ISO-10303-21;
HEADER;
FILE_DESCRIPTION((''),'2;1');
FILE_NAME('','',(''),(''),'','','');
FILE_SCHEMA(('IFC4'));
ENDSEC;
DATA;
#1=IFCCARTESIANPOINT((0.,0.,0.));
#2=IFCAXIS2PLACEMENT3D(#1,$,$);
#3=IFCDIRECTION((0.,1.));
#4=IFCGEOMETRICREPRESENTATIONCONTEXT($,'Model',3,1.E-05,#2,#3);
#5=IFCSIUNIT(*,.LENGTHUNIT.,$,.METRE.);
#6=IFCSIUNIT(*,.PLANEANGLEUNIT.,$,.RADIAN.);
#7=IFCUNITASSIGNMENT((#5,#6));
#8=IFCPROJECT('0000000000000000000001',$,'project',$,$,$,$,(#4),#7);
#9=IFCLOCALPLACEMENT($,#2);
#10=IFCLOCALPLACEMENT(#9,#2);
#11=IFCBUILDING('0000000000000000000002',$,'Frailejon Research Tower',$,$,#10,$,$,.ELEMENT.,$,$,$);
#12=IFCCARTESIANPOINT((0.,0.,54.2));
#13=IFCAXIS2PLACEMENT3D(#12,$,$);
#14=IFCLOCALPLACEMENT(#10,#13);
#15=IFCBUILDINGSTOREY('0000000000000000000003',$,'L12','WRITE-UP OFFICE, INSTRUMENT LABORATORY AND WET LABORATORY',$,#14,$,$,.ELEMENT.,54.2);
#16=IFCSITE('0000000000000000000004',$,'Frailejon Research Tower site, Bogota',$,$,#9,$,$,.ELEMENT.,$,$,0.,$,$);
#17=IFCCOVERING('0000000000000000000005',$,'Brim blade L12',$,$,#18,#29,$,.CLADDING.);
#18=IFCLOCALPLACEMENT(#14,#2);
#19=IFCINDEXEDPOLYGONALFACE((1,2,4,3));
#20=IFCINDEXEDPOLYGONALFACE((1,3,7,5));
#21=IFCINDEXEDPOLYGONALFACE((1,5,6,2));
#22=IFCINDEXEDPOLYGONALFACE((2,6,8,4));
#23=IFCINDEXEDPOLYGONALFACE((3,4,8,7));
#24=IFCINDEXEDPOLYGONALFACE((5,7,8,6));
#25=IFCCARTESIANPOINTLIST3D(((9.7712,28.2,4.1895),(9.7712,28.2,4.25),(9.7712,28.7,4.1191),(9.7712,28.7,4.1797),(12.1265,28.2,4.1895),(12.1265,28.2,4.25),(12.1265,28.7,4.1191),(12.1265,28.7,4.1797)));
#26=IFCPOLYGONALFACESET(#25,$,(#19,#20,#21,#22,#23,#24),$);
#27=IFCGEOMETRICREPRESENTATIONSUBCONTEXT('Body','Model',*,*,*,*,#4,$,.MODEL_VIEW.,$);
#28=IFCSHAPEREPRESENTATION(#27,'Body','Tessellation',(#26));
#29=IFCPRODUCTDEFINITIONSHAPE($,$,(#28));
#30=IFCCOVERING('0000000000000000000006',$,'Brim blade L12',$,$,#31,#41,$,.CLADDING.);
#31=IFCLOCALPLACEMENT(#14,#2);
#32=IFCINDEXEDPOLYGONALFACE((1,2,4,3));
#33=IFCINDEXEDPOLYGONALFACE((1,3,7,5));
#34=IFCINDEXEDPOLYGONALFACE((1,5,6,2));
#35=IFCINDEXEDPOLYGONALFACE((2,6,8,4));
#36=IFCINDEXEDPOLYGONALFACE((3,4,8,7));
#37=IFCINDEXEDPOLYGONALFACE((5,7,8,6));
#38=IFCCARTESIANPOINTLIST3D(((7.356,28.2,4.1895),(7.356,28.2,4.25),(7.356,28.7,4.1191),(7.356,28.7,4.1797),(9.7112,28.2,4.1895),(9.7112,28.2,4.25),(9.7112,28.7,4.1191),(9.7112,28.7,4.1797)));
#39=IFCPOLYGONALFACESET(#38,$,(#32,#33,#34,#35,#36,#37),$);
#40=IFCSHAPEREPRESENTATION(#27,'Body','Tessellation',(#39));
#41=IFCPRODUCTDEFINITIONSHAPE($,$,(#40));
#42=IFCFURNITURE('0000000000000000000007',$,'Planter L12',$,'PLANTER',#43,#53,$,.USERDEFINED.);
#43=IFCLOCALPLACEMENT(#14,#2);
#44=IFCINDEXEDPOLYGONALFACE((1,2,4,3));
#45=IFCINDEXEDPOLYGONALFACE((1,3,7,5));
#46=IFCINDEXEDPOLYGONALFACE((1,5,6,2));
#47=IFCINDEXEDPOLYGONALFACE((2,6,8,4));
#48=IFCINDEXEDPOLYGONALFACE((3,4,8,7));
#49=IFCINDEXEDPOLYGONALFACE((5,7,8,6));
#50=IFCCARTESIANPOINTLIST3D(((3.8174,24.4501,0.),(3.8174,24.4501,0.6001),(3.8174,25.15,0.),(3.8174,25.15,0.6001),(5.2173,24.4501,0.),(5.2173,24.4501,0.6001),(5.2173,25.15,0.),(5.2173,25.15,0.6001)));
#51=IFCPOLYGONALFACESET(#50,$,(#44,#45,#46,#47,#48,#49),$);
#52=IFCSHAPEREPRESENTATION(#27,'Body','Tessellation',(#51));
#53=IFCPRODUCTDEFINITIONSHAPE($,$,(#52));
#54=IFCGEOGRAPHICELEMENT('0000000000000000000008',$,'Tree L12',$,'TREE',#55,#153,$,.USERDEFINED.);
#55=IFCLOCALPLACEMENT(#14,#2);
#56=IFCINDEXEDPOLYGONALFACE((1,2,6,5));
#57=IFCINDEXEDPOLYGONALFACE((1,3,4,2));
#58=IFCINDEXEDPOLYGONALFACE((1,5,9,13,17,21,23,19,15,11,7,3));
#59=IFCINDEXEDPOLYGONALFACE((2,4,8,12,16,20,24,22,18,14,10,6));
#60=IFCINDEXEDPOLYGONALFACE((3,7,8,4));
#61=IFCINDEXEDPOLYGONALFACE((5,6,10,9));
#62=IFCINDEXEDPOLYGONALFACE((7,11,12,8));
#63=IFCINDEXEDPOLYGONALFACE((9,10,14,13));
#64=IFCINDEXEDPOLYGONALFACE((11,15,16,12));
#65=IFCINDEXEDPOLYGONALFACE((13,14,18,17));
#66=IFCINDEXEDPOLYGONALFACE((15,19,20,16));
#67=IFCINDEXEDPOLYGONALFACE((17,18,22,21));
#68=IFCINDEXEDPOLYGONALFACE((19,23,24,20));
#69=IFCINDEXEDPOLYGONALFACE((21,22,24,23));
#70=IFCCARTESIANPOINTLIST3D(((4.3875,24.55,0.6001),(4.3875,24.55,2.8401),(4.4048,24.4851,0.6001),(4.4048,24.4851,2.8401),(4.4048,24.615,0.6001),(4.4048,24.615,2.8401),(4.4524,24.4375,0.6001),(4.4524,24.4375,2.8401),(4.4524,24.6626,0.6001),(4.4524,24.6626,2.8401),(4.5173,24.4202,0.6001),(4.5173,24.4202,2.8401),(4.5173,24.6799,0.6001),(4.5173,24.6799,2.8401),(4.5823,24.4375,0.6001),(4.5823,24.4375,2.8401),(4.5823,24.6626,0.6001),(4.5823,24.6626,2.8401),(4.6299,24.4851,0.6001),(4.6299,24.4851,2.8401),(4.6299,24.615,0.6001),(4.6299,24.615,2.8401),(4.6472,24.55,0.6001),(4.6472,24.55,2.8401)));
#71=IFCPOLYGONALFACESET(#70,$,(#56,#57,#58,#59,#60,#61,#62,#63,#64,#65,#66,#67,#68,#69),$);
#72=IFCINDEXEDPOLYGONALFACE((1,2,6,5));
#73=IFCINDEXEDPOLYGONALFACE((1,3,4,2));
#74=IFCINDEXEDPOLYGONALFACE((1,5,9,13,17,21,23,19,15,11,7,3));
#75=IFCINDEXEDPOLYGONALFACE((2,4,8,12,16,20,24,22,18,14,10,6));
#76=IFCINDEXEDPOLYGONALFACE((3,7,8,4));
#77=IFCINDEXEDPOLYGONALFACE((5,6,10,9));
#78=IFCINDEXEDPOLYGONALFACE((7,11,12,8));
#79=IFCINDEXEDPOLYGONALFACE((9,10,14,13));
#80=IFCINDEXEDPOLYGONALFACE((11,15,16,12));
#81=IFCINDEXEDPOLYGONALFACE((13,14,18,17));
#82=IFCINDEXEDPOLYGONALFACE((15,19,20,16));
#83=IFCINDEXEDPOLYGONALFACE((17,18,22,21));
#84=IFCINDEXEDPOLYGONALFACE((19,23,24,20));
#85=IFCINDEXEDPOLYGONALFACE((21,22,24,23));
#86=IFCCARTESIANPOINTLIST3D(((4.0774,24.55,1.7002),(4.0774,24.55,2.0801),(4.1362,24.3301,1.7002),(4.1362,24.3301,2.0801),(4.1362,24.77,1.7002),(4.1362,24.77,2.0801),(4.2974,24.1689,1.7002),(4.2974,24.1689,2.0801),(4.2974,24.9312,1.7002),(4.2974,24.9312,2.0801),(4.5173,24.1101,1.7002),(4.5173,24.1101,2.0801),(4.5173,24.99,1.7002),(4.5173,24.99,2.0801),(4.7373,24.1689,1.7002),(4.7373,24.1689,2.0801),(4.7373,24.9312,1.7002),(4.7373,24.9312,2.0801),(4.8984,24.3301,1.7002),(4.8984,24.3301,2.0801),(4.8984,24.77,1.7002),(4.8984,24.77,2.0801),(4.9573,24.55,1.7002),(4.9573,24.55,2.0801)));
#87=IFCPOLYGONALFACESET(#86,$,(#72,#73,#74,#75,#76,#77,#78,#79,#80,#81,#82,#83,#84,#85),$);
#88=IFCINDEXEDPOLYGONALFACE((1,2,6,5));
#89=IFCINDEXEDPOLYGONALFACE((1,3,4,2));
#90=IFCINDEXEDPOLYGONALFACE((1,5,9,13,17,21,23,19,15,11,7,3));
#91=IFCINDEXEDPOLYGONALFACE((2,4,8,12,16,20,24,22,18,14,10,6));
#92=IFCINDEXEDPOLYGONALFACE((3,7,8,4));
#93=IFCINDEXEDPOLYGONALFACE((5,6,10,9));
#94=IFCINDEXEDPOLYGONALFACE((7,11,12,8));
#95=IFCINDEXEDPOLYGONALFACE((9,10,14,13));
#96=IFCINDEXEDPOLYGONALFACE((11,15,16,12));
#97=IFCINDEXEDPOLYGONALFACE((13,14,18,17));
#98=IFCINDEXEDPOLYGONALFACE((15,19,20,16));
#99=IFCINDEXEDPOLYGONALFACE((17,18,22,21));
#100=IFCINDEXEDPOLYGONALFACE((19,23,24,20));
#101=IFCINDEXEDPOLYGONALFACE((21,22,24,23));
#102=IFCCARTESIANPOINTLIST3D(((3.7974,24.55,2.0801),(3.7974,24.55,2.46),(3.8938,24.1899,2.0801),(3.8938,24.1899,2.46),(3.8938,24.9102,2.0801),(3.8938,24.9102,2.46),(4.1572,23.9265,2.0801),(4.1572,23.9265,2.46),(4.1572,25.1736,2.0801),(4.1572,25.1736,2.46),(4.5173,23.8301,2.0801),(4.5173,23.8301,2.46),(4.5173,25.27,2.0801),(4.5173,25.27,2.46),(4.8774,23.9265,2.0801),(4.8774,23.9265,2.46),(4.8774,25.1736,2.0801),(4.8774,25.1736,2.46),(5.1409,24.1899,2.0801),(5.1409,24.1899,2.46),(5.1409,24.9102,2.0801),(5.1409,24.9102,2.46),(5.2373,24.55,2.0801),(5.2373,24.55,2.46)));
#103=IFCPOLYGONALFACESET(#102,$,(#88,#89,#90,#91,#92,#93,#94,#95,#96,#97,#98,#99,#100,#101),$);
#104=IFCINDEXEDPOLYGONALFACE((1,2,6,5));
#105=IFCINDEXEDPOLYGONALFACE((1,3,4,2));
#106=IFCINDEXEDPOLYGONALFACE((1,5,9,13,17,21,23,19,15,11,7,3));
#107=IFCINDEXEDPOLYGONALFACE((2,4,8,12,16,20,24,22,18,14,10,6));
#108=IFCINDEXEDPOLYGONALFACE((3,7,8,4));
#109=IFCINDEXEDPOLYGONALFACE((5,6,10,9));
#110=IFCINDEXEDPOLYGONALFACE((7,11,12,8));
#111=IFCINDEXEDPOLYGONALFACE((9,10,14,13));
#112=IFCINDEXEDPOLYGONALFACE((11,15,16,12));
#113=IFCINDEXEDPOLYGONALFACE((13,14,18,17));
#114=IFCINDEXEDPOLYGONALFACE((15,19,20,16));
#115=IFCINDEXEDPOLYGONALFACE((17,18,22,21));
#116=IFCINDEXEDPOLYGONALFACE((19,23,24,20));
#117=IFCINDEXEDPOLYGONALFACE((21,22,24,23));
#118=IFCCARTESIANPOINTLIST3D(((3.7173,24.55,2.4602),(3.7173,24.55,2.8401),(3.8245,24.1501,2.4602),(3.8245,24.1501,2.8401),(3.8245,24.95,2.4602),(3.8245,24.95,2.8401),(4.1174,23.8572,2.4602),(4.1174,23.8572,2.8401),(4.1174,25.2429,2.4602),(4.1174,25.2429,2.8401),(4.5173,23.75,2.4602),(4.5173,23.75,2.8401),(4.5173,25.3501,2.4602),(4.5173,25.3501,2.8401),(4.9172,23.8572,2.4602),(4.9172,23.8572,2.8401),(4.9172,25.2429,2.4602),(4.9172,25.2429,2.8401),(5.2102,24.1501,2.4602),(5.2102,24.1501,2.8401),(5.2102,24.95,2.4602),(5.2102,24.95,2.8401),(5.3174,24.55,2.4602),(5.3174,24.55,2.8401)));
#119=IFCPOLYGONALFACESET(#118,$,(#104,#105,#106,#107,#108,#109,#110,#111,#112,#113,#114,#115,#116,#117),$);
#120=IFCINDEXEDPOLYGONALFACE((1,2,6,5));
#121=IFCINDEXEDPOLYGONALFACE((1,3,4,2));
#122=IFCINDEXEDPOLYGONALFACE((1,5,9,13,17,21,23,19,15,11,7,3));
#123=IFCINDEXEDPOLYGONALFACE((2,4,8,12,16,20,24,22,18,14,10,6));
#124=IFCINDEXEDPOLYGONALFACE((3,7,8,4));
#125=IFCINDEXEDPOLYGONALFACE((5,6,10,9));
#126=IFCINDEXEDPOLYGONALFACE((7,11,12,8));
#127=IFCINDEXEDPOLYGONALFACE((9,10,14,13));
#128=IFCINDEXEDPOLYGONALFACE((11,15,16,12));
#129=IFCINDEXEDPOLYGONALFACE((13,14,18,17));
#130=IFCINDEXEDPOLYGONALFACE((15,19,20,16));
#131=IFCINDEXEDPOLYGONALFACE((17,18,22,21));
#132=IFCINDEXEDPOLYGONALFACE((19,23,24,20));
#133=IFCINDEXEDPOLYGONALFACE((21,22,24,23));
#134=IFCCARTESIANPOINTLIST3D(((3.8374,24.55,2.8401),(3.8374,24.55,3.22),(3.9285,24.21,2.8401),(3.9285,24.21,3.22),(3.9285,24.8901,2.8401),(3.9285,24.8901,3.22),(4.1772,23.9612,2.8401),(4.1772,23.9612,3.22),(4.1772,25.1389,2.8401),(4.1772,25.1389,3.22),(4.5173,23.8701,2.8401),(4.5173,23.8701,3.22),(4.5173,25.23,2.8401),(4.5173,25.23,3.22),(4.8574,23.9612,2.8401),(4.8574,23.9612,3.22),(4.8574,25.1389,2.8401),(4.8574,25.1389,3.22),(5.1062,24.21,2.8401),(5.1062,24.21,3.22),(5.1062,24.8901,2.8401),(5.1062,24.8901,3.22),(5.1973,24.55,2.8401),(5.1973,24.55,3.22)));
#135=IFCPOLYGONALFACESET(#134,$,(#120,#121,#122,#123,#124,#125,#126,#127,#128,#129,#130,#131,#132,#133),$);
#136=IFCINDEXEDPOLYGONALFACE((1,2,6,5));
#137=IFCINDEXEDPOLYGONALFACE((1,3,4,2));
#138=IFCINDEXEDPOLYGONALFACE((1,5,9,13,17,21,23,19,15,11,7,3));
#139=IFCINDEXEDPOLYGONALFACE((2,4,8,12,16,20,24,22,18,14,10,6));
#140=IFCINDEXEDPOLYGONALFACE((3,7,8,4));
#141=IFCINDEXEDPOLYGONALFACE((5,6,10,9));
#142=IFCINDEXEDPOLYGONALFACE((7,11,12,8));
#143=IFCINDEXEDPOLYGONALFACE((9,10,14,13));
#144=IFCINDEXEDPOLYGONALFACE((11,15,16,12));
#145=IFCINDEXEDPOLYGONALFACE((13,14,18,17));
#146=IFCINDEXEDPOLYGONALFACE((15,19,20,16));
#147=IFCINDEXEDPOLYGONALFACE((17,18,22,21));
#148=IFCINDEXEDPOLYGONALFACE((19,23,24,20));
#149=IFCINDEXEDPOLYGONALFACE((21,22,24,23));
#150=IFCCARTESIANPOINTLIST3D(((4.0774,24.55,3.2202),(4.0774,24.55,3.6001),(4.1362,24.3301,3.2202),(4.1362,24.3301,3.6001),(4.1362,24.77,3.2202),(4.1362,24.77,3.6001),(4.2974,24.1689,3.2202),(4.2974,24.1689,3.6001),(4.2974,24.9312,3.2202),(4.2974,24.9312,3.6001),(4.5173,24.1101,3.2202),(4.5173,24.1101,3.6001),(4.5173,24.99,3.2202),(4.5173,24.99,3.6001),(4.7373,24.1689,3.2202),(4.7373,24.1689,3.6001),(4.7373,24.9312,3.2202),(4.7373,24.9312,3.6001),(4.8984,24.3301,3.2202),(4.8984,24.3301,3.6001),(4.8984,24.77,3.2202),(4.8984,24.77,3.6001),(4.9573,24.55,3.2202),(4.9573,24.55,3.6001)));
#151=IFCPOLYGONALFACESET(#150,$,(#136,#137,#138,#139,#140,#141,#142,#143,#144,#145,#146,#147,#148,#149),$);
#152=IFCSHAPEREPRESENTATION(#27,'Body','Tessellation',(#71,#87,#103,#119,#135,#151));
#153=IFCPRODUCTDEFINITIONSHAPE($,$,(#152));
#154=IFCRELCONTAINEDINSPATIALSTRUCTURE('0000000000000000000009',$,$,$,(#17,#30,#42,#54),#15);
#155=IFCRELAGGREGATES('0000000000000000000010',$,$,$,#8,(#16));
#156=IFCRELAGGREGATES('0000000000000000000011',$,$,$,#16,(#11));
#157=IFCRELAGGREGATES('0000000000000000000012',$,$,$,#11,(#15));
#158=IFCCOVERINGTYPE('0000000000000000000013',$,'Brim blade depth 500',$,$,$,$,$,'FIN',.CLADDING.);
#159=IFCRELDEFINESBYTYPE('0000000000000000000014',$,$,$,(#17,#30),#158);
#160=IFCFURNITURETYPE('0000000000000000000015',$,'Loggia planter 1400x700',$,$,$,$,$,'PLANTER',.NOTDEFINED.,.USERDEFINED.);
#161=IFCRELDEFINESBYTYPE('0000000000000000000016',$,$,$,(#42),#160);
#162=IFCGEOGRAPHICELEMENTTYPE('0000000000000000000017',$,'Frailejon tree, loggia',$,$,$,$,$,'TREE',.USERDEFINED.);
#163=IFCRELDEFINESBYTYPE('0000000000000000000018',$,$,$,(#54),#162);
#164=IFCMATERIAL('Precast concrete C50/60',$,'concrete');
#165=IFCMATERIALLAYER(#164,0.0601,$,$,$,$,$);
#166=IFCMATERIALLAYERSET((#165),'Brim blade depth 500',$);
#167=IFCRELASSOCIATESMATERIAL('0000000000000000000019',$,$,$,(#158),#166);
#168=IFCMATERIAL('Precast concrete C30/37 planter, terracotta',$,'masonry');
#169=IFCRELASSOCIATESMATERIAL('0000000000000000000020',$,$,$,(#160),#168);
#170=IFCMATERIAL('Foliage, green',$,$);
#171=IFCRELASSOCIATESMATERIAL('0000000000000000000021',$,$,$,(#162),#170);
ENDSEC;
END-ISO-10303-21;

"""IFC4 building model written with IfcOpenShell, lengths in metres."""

from ifc_helpers import new_model, si_unit, direction, frame, origin, origin_2d, place, context, subcontext, project, spatial, polyline, rectangle, outline, extrude, material, layer, layer_set, type_object, element, save


model = new_model("IFC4")

# Units and contexts
model_context = context("Model", 3, precision=1e-05, world=origin(), true_north=direction((0.0, 1.0)))
body_context = subcontext(model_context, "Body", "Model", "MODEL_VIEW")
ifc_project = project(units=[si_unit("LENGTHUNIT", "METRE"), si_unit("PLANEANGLEUNIT", "RADIAN")], contexts=[model_context])

# Site, building, storey
site_placement = place(None, origin())
site = spatial("IfcSite", under=ifc_project, at=site_placement, Name="Frailejon Research Tower site, Bogota", CompositionType="ELEMENT", RefElevation=0.0)
building_placement = place(site_placement, origin())
building = spatial("IfcBuilding", under=site, at=building_placement, Name="Frailejon Research Tower", CompositionType="ELEMENT")
storey_placement = place(building_placement, frame((0.0, 0.0, 54.2)))
storey = spatial("IfcBuildingStorey", under=building, at=storey_placement, Name="L12", Description="WRITE-UP OFFICE, INSTRUMENT LABORATORY AND WET LABORATORY", CompositionType="ELEMENT", Elevation=54.2)

# Coverings
ifc_material_1 = material(Name="Precast concrete C50/60", Category="concrete")
ifc_layer_1 = layer(ifc_material_1, 0.0601)
ifc_layer_set_1 = layer_set([ifc_layer_1], Name="Brim blade depth 500")
covering_type_1 = type_object("IfcCoveringType", Name="Brim blade depth 500", ElementType="FIN", PredefinedType="CLADDING", material=ifc_layer_set_1)
for number, where, z_axis, x_axis, name in (
    (1, (9.7712, 28.2, 4.25), (1.0, 0.0, 0.0), (0.0, 1.0, 0.0), "Brim blade L12"),
    (2, (7.356, 28.2, 4.25), (1.0, 0.0, 0.0), (0.0, 1.0, 0.0), "Brim blade L12"),
):
    element("IfcCovering", number, at=place(storey_placement, frame(where, z_axis=z_axis, x_axis=x_axis)), inside=storey, type_object=covering_type_1, Name=name, PredefinedType="CLADDING", context=body_context, shape_type="SweptSolid", body=[
        extrude(outline(polyline([(0.0, -0.0605), (0.5, -0.1309), (0.5, -0.0703), (0.0, 0.0), (0.0, -0.0605)])), origin(), (0.0, 0.0, 1.0), 2.3552),
    ])

# Furniture
ifc_material_2 = material(Name="Precast concrete C30/37 planter, terracotta", Category="masonry")
furniture_type = type_object("IfcFurnitureType", Name="Loggia planter 1400x700", ElementType="PLANTER", AssemblyPlace="NOTDEFINED", PredefinedType="USERDEFINED", material=ifc_material_2)
furniture_placement = place(storey_placement, frame((4.5173, 24.8, 0.0), z_axis=(0.0, 0.0, 1.0), x_axis=(-1.0, 0.0, 0.0)))
element("IfcFurniture", 3, at=furniture_placement, inside=storey, type_object=furniture_type, Name="Planter L12", ObjectType="PLANTER", PredefinedType="USERDEFINED", context=body_context, shape_type="SweptSolid", body=[
    extrude(rectangle(XDim=1.3999, YDim=0.7, at=origin_2d()), origin(), (0.0, 0.0, 1.0), 0.6001),
])

# Geographic element
ifc_material_3 = material(Name="Foliage, green")
geographic_element_type = type_object("IfcGeographicElementType", Name="Frailejon tree, loggia", ElementType="TREE", PredefinedType="USERDEFINED", material=ifc_material_3)
geographic_element_placement = place(storey_placement, frame((4.5173, 24.55, 0.6001)))
element("IfcGeographicElement", 4, at=geographic_element_placement, inside=storey, type_object=geographic_element_type, Name="Tree L12", ObjectType="TREE", PredefinedType="USERDEFINED", context=body_context, shape_type="SweptSolid", body=[
    extrude(outline(polyline([(0.1299, 0.0), (0.1125, 0.0649), (0.0649, 0.1125), (0.0, 0.1299), (-0.0649, 0.1125), (-0.1125, 0.0649), (-0.1299, 0.0), (-0.1125, -0.0649), (-0.0649, -0.1125), (0.0, -0.1299), (0.0649, -0.1125), (0.1125, -0.0649), (0.1299, 0.0)])), origin(), (0.0, 0.0, 1.0), 2.24),
    extrude(outline(polyline([(0.4399, 0.0), (0.3811, 0.22), (0.22, 0.3811), (0.0, 0.4399), (-0.22, 0.3811), (-0.3811, 0.22), (-0.4399, 0.0), (-0.3811, -0.22), (-0.22, -0.3811), (0.0, -0.4399), (0.22, -0.3811), (0.3811, -0.22), (0.4399, 0.0)])), frame((0.0, 0.0, 1.1001)), (0.0, 0.0, 1.0), 0.3799),
    extrude(outline(polyline([(0.72, 0.0), (0.6235, 0.3601), (0.3601, 0.6235), (0.0, 0.72), (-0.3601, 0.6235), (-0.6235, 0.3601), (-0.72, 0.0), (-0.6235, -0.3601), (-0.3601, -0.6235), (0.0, -0.72), (0.3601, -0.6235), (0.6235, -0.3601), (0.72, 0.0)])), frame((0.0, 0.0, 1.48)), (0.0, 0.0, 1.0), 0.3799),
    extrude(outline(polyline([(0.8, 0.0), (0.6929, 0.3999), (0.3999, 0.6929), (0.0, 0.8), (-0.3999, 0.6929), (-0.6929, 0.3999), (-0.8, 0.0), (-0.6929, -0.3999), (-0.3999, -0.6929), (0.0, -0.8), (0.3999, -0.6929), (0.6929, -0.3999), (0.8, 0.0)])), frame((0.0, 0.0, 1.8601)), (0.0, 0.0, 1.0), 0.3799),
    extrude(outline(polyline([(0.6799, 0.0), (0.5889, 0.3401), (0.3401, 0.5889), (0.0, 0.6799), (-0.3401, 0.5889), (-0.5889, 0.3401), (-0.6799, 0.0), (-0.5889, -0.3401), (-0.3401, -0.5889), (0.0, -0.6799), (0.3401, -0.5889), (0.5889, -0.3401), (0.6799, 0.0)])), frame((0.0, 0.0, 2.24)), (0.0, 0.0, 1.0), 0.3799),
    extrude(outline(polyline([(0.4399, 0.0), (0.3811, 0.22), (0.22, 0.3811), (0.0, 0.4399), (-0.22, 0.3811), (-0.3811, 0.22), (-0.4399, 0.0), (-0.3811, -0.22), (-0.22, -0.3811), (0.0, -0.4399), (0.22, -0.3811), (0.3811, -0.22), (0.4399, 0.0)])), frame((0.0, 0.0, 2.6201)), (0.0, 0.0, 1.0), 0.3799),
])

save(model, "model.ifc")
